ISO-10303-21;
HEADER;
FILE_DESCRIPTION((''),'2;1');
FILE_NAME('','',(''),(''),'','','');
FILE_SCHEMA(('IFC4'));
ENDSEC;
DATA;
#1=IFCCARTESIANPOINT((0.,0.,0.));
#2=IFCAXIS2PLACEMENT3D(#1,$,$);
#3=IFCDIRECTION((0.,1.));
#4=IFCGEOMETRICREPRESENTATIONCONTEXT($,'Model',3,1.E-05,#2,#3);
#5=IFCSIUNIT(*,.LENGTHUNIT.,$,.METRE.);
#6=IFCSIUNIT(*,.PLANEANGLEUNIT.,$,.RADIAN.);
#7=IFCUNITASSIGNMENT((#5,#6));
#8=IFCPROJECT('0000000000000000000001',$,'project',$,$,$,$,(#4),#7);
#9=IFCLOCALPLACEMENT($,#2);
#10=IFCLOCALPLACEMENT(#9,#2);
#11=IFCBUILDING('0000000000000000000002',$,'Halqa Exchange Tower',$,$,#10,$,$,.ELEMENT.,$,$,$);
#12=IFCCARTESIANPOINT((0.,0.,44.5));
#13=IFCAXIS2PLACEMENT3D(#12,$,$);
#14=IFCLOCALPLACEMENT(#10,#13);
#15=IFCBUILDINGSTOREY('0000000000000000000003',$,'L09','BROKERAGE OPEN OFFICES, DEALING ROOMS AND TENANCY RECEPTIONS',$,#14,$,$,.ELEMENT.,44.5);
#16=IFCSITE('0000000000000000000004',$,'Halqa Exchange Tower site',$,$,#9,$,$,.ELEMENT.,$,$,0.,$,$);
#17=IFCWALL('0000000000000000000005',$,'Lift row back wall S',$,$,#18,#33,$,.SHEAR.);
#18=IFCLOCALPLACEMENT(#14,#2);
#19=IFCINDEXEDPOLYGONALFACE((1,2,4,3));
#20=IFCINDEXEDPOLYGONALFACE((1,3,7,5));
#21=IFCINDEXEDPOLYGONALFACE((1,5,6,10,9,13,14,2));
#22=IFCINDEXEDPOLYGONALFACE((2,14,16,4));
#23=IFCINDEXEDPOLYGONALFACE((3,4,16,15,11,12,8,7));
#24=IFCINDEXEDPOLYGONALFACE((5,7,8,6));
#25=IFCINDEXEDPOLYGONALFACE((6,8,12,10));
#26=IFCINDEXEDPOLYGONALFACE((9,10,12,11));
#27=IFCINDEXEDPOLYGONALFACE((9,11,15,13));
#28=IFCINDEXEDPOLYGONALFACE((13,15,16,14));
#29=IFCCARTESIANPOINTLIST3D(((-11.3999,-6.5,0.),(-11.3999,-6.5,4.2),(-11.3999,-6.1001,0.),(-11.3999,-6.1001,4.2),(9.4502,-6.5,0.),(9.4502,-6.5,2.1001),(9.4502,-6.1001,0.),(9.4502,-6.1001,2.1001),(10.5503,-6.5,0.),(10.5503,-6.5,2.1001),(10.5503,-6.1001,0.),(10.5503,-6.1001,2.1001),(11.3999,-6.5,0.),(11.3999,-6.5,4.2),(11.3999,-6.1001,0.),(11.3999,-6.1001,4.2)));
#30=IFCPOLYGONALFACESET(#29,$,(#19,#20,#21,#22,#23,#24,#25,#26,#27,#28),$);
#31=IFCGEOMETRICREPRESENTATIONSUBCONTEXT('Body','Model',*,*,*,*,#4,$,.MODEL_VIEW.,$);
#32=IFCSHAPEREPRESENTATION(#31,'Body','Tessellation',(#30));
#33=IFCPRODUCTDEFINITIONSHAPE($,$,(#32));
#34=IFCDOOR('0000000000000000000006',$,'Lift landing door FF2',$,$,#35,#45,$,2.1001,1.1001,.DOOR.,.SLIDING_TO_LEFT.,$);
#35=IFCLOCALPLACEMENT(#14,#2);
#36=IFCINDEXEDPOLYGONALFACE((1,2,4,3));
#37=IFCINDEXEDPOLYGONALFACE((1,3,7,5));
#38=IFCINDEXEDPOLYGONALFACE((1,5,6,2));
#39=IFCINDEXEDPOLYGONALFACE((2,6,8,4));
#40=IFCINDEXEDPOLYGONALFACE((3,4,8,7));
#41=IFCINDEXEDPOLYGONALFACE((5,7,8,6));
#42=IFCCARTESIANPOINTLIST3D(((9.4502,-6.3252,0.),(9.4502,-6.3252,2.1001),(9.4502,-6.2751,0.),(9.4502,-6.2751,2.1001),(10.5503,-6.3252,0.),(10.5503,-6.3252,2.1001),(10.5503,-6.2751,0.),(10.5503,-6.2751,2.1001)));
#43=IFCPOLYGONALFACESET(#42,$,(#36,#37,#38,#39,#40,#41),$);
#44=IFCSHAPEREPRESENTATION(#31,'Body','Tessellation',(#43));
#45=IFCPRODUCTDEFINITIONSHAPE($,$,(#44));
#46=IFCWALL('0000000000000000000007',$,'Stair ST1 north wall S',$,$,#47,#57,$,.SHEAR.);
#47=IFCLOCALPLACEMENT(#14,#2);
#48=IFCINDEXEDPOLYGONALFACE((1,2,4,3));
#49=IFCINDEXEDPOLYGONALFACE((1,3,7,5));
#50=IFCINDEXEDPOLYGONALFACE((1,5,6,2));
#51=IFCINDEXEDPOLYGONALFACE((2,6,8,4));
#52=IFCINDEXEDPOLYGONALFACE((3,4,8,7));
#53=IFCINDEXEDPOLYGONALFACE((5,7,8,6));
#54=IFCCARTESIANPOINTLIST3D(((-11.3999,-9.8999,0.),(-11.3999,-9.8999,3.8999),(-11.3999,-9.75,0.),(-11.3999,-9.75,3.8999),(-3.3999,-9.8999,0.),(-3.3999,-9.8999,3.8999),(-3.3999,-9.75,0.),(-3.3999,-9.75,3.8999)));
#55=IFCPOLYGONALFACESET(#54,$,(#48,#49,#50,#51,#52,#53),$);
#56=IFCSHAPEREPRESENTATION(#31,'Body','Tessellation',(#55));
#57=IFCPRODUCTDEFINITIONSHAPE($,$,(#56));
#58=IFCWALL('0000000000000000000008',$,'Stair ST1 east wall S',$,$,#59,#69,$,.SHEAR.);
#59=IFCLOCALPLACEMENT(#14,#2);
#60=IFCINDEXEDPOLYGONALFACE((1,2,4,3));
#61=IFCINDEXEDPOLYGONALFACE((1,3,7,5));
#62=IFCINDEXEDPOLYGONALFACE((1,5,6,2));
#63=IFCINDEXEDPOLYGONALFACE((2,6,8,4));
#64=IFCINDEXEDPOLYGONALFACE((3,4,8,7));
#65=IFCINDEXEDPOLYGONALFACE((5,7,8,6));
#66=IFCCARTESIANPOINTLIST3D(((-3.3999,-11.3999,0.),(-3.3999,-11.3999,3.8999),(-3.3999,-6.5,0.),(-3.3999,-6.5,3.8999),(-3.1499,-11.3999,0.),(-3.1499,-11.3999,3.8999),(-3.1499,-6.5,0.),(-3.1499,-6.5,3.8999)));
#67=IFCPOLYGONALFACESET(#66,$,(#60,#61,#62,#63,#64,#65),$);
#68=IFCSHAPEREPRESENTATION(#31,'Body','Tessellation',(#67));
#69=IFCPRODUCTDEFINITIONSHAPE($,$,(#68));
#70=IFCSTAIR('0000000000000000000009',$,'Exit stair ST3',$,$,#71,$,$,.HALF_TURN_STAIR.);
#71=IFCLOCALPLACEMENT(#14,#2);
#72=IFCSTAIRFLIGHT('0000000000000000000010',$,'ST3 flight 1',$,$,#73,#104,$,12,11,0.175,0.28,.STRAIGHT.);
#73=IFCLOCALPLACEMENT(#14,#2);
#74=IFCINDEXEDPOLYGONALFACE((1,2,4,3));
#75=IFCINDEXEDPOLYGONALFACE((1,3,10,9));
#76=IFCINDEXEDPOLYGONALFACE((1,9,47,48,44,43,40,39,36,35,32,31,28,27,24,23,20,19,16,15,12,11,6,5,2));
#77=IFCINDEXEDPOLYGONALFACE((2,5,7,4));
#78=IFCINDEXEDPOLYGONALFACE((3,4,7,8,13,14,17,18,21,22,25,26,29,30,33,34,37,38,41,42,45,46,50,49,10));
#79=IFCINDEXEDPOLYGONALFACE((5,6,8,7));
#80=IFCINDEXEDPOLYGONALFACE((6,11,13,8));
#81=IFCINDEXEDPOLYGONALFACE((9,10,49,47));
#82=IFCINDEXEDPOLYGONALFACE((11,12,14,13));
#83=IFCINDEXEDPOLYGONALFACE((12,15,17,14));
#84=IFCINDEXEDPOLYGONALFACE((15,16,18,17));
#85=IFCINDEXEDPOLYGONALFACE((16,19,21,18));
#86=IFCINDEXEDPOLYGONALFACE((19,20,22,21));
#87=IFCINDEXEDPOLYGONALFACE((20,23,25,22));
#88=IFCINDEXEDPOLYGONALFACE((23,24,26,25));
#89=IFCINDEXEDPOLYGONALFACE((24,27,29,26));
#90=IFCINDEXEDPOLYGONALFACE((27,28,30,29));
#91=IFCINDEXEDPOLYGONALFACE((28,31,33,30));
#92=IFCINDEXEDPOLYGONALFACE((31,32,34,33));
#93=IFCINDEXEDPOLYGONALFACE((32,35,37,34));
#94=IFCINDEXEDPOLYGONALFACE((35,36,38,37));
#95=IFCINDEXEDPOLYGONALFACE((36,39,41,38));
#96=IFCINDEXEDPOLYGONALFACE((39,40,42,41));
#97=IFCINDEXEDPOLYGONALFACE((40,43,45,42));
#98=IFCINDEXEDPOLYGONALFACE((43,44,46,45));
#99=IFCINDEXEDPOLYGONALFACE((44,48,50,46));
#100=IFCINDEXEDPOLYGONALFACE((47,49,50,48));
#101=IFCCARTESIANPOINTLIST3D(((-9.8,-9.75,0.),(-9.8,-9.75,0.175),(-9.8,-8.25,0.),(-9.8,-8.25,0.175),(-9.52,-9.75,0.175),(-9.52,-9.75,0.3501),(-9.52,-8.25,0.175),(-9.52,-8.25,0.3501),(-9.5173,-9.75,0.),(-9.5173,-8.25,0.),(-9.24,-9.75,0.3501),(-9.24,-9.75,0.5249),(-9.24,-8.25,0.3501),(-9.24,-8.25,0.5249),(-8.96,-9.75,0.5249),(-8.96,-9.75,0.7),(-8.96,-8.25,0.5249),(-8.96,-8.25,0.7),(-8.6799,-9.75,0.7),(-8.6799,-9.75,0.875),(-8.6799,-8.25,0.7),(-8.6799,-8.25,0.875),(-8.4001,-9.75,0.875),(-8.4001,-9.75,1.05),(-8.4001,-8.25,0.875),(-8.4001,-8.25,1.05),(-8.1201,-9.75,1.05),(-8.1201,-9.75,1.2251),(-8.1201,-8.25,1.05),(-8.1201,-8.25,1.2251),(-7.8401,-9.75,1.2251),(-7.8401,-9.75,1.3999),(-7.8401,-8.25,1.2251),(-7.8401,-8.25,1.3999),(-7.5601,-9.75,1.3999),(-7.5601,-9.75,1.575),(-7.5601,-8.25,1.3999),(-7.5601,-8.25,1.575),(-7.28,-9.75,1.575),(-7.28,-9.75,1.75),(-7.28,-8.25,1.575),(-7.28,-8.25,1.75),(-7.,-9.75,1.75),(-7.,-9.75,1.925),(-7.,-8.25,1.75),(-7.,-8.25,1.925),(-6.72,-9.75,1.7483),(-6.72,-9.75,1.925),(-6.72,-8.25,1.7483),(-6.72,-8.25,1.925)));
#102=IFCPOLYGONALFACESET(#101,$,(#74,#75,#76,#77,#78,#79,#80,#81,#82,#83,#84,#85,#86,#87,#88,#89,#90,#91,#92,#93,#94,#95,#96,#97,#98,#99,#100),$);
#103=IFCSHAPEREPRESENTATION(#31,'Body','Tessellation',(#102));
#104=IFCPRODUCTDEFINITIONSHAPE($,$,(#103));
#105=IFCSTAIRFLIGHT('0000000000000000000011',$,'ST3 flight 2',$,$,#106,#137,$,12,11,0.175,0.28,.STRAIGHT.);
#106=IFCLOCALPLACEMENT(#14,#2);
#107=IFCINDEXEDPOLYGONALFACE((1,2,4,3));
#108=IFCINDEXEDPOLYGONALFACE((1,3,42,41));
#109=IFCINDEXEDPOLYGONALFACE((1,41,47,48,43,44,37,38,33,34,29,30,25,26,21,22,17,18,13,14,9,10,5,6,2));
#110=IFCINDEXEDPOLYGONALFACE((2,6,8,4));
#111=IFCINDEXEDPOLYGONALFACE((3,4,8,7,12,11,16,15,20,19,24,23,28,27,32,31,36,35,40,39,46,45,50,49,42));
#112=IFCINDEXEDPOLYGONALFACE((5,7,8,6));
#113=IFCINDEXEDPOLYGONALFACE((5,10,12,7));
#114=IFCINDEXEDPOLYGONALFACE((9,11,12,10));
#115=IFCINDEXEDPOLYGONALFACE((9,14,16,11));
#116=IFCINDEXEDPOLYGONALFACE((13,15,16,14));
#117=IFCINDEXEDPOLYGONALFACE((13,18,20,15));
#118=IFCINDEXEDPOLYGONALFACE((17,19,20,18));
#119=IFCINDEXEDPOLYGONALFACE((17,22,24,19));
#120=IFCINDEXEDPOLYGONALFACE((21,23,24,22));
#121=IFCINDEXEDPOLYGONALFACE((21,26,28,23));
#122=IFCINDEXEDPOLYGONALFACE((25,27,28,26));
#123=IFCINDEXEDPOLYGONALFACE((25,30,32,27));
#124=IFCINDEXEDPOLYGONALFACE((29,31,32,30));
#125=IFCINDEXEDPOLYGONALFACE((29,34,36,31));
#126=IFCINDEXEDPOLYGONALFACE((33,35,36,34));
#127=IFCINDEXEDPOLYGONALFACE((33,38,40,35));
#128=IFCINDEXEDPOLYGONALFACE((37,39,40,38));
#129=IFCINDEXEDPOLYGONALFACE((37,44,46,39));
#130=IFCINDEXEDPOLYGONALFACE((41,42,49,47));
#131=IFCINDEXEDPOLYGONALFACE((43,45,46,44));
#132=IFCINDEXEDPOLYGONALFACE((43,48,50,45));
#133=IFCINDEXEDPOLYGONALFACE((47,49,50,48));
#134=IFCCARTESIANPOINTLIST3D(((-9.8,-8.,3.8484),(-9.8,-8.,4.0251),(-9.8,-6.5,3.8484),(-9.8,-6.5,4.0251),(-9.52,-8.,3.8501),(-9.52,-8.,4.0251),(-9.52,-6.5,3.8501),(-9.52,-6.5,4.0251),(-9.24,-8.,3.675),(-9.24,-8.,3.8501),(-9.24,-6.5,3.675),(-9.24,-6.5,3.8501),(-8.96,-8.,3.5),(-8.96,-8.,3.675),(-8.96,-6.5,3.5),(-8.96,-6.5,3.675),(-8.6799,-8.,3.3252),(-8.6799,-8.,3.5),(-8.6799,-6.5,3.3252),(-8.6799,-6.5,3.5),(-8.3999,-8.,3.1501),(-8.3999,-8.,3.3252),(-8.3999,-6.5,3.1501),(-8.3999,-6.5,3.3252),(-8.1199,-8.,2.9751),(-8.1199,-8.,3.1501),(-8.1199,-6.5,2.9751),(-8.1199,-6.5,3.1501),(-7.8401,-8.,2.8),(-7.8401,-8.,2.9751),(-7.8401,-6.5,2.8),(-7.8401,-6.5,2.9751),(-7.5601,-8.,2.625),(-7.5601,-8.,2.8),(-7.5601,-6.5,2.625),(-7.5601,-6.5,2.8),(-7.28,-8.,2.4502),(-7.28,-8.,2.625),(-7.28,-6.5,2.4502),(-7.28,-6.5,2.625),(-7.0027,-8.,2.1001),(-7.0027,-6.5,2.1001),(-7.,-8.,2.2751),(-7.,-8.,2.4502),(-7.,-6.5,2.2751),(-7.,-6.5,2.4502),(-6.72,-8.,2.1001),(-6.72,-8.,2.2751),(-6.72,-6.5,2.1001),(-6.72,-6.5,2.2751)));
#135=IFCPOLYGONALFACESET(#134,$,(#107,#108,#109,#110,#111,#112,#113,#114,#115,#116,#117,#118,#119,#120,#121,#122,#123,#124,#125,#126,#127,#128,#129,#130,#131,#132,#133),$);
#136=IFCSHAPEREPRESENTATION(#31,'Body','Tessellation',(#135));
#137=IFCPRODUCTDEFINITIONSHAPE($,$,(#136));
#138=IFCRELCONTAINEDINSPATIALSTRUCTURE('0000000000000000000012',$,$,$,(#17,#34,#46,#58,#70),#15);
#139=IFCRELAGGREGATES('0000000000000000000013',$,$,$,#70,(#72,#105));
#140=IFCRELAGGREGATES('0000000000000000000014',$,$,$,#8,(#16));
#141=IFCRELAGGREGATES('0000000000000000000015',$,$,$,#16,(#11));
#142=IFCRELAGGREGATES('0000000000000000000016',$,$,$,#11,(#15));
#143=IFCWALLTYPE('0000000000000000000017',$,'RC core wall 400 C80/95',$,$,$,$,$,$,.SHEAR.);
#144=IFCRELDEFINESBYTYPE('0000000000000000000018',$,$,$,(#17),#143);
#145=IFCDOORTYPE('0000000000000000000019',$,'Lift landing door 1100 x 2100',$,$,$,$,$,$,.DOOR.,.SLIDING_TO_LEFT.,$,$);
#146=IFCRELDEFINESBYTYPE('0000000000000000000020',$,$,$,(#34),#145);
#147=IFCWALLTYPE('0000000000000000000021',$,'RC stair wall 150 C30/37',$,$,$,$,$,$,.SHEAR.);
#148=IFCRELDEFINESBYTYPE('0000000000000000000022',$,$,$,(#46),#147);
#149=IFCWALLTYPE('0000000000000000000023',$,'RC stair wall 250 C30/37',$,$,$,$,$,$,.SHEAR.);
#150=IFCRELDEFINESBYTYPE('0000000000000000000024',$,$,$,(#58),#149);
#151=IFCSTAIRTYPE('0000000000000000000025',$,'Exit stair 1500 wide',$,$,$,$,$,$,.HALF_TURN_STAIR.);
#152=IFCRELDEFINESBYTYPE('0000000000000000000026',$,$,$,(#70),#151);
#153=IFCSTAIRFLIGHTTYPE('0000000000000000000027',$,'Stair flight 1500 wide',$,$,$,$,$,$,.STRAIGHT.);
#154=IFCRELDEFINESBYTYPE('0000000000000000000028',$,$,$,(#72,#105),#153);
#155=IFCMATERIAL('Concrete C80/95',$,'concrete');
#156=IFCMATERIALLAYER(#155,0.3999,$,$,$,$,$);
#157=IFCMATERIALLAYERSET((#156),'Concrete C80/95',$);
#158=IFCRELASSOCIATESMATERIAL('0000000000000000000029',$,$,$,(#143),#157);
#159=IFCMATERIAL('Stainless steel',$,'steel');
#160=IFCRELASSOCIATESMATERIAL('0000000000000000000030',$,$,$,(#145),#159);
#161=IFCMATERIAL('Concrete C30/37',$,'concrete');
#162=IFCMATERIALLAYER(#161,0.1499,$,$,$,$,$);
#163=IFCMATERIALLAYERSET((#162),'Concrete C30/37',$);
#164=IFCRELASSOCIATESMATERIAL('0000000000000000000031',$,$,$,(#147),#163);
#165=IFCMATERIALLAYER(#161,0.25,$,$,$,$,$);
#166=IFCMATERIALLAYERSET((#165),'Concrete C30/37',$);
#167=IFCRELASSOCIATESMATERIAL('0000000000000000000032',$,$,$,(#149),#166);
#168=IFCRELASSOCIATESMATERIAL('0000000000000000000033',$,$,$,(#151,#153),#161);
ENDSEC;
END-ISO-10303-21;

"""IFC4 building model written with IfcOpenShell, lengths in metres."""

from ifc_helpers import new_model, si_unit, direction, frame, frame_2d, origin, place, context, subcontext, project, spatial, polyline, rectangle, outline, extrude, material, layer, layer_set, type_object, element, fill, aggregate, save


model = new_model("IFC4")

# Units and contexts
model_context = context("Model", 3, precision=1e-05, world=origin(), true_north=direction((0.0, 1.0)))
body_context = subcontext(model_context, "Body", "Model", "MODEL_VIEW")
ifc_project = project(units=[si_unit("LENGTHUNIT", "METRE"), si_unit("PLANEANGLEUNIT", "RADIAN")], contexts=[model_context])

# Site, building, storey
site_placement = place(None, origin())
site = spatial("IfcSite", under=ifc_project, at=site_placement, Name="Halqa Exchange Tower site", CompositionType="ELEMENT", RefElevation=0.0)
building_placement = place(site_placement, origin())
building = spatial("IfcBuilding", under=site, at=building_placement, Name="Halqa Exchange Tower", CompositionType="ELEMENT")
storey_placement = place(building_placement, frame((0.0, 0.0, 44.5)))
storey = spatial("IfcBuildingStorey", under=building, at=storey_placement, Name="L09", Description="BROKERAGE OPEN OFFICES, DEALING ROOMS AND TENANCY RECEPTIONS", CompositionType="ELEMENT", Elevation=44.5)

# Shared definitions
ifc_material_1 = material(Name="Concrete C80/95", Category="concrete")
ifc_layer_1 = layer(ifc_material_1, 0.3999)
ifc_layer_set_1 = layer_set([ifc_layer_1], Name="Concrete C80/95")
wall_type_1 = type_object("IfcWallType", Name="RC core wall 400 C80/95", PredefinedType="SHEAR", material=ifc_layer_set_1)
ifc_material_2 = material(Name="Stainless steel", Category="steel")
door_type = type_object("IfcDoorType", Name="Lift landing door 1100 x 2100", OperationType="SLIDING_TO_LEFT", PredefinedType="DOOR", material=ifc_material_2)

# Wall, opening, door
wall_1_placement = place(storey_placement, frame((-11.3999, -6.3, 0.0), z_axis=(0.0, 0.0, 1.0), x_axis=(1.0, 0.0, 0.0)))
wall_1 = element("IfcWall", 1, at=wall_1_placement, inside=storey, type_object=wall_type_1, Name="Lift row back wall S", PredefinedType="SHEAR", context=body_context, shape_type="SweptSolid", body=[
    extrude(rectangle(XDim=22.7998, YDim=0.3999, at=frame_2d((11.3999, 0.0))), origin(), (0.0, 0.0, 1.0), 4.2),
])
opening_1_placement = place(wall_1_placement, frame((20.8501, 0.0, 0.0)))
opening_1 = element("IfcOpeningElement", 2, at=opening_1_placement, cuts=wall_1, PredefinedType="OPENING", context=body_context, shape_type="SweptSolid", body=[
    extrude(rectangle(XDim=1.1001, YDim=2.1001, at=frame_2d((0.55, 1.05))), frame((0.0, 0.2119, 0.0), z_axis=(0.0, -1.0, 0.0), x_axis=(1.0, 0.0, 0.0)), (0.0, 0.0, 1.0), 0.4238),
])
door_1_placement = place(opening_1_placement, origin())
door_1 = element("IfcDoor", 3, at=door_1_placement, inside=storey, type_object=door_type, Name="Lift landing door FF2", OperationType="SLIDING_TO_LEFT", OverallHeight=2.1001, OverallWidth=1.1001, PredefinedType="DOOR", context=body_context, shape_type="SweptSolid", body=[
    extrude(rectangle(XDim=1.1001, YDim=2.1001, at=frame_2d((0.55, 1.05))), frame((0.0, 0.0249, 0.0), z_axis=(0.0, -1.0, 0.0), x_axis=(1.0, 0.0, 0.0)), (0.0, 0.0, 1.0), 0.05),
])
fill(opening_1, door_1)

# Walls
ifc_material_3 = material(Name="Concrete C30/37", Category="concrete")
ifc_layer_2 = layer(ifc_material_3, 0.1499)
ifc_layer_set_2 = layer_set([ifc_layer_2], Name="Concrete C30/37")
wall_type_2 = type_object("IfcWallType", Name="RC stair wall 150 C30/37", PredefinedType="SHEAR", material=ifc_layer_set_2)
wall_2_placement = place(storey_placement, frame((-11.3999, -9.825, 0.0), z_axis=(0.0, 0.0, 1.0), x_axis=(1.0, 0.0, 0.0)))
element("IfcWall", 4, at=wall_2_placement, inside=storey, type_object=wall_type_2, Name="Stair ST1 north wall S", PredefinedType="SHEAR", context=body_context, shape_type="SweptSolid", body=[
    extrude(rectangle(XDim=8.0, YDim=0.1499, at=frame_2d((4.0, 0.0))), origin(), (0.0, 0.0, 1.0), 3.8999),
])
ifc_layer_3 = layer(ifc_material_3, 0.25)
ifc_layer_set_3 = layer_set([ifc_layer_3], Name="Concrete C30/37")
wall_type_3 = type_object("IfcWallType", Name="RC stair wall 250 C30/37", PredefinedType="SHEAR", material=ifc_layer_set_3)
wall_3_placement = place(storey_placement, frame((-3.2749, -11.3999, 0.0), z_axis=(0.0, 0.0, 1.0), x_axis=(0.0, 1.0, 0.0)))
element("IfcWall", 5, at=wall_3_placement, inside=storey, type_object=wall_type_3, Name="Stair ST1 east wall S", PredefinedType="SHEAR", context=body_context, shape_type="SweptSolid", body=[
    extrude(rectangle(XDim=4.8999, YDim=0.25, at=frame_2d((2.45, 0.0))), origin(), (0.0, 0.0, 1.0), 3.8999),
])

# Stair, stair flights
stair_type = type_object("IfcStairType", Name="Exit stair 1500 wide", PredefinedType="HALF_TURN_STAIR", material=ifc_material_3)
stair_placement = place(storey_placement, origin())
stair = element("IfcStair", 6, at=stair_placement, inside=storey, type_object=stair_type, Name="Exit stair ST3", PredefinedType="HALF_TURN_STAIR")
stair_flight_type = type_object("IfcStairFlightType", Name="Stair flight 1500 wide", PredefinedType="STRAIGHT", material=ifc_material_3)
stair_flight_1_placement = place(storey_placement, frame((-9.8, -9.0, 0.0), z_axis=(0.0, 0.0, 1.0), x_axis=(1.0, 0.0, 0.0)))
stair_flight_1 = element("IfcStairFlight", 7, at=stair_flight_1_placement, type_object=stair_flight_type, Name="ST3 flight 1", NumberOfRisers=12, NumberOfTreads=11, PredefinedType="STRAIGHT", RiserHeight=0.175, TreadLength=0.28, context=body_context, shape_type="SweptSolid", body=[
    extrude(outline(polyline([(0.0, 0.0), (0.0, 0.175), (0.28, 0.175), (0.28, 0.3501), (0.5601, 0.3501), (0.5601, 0.5249), (0.8401, 0.5249), (0.8401, 0.7), (1.1201, 0.7), (1.1201, 0.875), (1.3999, 0.875), (1.3999, 1.05), (1.6799, 1.05), (1.6799, 1.2251), (1.96, 1.2251), (1.96, 1.3999), (2.24, 1.3999), (2.24, 1.575), (2.52, 1.575), (2.52, 1.75), (2.8, 1.75), (2.8, 1.925), (3.0801, 1.925), (3.0801, 2.1001), (3.0801, 1.7483), (0.2827, 0.0), (0.0, 0.0)])), frame((0.0, 0.75, 0.0), z_axis=(0.0, -1.0, 0.0), x_axis=(1.0, 0.0, 0.0)), (0.0, 0.0, 1.0), 1.5),
])
stair_flight_2_placement = place(storey_placement, frame((-6.72, -7.25, 2.1001), z_axis=(0.0, 0.0, 1.0), x_axis=(-1.0, 0.0, 0.0)))
stair_flight_2 = element("IfcStairFlight", 8, at=stair_flight_2_placement, type_object=stair_flight_type, Name="ST3 flight 2", NumberOfRisers=12, NumberOfTreads=11, PredefinedType="STRAIGHT", RiserHeight=0.175, TreadLength=0.28, context=body_context, shape_type="SweptSolid", body=[
    extrude(outline(polyline([(0.0, 0.0), (0.0, 0.175), (0.28, 0.175), (0.28, 0.3501), (0.5601, 0.3501), (0.5601, 0.5249), (0.8401, 0.5249), (0.8401, 0.7), (1.1201, 0.7), (1.1201, 0.875), (1.3999, 0.875), (1.3999, 1.05), (1.6799, 1.05), (1.6799, 1.2251), (1.96, 1.2251), (1.96, 1.3999), (2.24, 1.3999), (2.24, 1.575), (2.52, 1.575), (2.52, 1.75), (2.8, 1.75), (2.8, 1.925), (3.0801, 1.925), (3.0801, 2.1001), (3.0801, 1.7483), (0.2827, 0.0), (0.0, 0.0)])), frame((0.0, 0.75, 0.0), z_axis=(0.0, -1.0, 0.0), x_axis=(1.0, 0.0, 0.0)), (0.0, 0.0, 1.0), 1.5),
])
aggregate(stair, [stair_flight_1, stair_flight_2])

save(model, "model.ifc")
